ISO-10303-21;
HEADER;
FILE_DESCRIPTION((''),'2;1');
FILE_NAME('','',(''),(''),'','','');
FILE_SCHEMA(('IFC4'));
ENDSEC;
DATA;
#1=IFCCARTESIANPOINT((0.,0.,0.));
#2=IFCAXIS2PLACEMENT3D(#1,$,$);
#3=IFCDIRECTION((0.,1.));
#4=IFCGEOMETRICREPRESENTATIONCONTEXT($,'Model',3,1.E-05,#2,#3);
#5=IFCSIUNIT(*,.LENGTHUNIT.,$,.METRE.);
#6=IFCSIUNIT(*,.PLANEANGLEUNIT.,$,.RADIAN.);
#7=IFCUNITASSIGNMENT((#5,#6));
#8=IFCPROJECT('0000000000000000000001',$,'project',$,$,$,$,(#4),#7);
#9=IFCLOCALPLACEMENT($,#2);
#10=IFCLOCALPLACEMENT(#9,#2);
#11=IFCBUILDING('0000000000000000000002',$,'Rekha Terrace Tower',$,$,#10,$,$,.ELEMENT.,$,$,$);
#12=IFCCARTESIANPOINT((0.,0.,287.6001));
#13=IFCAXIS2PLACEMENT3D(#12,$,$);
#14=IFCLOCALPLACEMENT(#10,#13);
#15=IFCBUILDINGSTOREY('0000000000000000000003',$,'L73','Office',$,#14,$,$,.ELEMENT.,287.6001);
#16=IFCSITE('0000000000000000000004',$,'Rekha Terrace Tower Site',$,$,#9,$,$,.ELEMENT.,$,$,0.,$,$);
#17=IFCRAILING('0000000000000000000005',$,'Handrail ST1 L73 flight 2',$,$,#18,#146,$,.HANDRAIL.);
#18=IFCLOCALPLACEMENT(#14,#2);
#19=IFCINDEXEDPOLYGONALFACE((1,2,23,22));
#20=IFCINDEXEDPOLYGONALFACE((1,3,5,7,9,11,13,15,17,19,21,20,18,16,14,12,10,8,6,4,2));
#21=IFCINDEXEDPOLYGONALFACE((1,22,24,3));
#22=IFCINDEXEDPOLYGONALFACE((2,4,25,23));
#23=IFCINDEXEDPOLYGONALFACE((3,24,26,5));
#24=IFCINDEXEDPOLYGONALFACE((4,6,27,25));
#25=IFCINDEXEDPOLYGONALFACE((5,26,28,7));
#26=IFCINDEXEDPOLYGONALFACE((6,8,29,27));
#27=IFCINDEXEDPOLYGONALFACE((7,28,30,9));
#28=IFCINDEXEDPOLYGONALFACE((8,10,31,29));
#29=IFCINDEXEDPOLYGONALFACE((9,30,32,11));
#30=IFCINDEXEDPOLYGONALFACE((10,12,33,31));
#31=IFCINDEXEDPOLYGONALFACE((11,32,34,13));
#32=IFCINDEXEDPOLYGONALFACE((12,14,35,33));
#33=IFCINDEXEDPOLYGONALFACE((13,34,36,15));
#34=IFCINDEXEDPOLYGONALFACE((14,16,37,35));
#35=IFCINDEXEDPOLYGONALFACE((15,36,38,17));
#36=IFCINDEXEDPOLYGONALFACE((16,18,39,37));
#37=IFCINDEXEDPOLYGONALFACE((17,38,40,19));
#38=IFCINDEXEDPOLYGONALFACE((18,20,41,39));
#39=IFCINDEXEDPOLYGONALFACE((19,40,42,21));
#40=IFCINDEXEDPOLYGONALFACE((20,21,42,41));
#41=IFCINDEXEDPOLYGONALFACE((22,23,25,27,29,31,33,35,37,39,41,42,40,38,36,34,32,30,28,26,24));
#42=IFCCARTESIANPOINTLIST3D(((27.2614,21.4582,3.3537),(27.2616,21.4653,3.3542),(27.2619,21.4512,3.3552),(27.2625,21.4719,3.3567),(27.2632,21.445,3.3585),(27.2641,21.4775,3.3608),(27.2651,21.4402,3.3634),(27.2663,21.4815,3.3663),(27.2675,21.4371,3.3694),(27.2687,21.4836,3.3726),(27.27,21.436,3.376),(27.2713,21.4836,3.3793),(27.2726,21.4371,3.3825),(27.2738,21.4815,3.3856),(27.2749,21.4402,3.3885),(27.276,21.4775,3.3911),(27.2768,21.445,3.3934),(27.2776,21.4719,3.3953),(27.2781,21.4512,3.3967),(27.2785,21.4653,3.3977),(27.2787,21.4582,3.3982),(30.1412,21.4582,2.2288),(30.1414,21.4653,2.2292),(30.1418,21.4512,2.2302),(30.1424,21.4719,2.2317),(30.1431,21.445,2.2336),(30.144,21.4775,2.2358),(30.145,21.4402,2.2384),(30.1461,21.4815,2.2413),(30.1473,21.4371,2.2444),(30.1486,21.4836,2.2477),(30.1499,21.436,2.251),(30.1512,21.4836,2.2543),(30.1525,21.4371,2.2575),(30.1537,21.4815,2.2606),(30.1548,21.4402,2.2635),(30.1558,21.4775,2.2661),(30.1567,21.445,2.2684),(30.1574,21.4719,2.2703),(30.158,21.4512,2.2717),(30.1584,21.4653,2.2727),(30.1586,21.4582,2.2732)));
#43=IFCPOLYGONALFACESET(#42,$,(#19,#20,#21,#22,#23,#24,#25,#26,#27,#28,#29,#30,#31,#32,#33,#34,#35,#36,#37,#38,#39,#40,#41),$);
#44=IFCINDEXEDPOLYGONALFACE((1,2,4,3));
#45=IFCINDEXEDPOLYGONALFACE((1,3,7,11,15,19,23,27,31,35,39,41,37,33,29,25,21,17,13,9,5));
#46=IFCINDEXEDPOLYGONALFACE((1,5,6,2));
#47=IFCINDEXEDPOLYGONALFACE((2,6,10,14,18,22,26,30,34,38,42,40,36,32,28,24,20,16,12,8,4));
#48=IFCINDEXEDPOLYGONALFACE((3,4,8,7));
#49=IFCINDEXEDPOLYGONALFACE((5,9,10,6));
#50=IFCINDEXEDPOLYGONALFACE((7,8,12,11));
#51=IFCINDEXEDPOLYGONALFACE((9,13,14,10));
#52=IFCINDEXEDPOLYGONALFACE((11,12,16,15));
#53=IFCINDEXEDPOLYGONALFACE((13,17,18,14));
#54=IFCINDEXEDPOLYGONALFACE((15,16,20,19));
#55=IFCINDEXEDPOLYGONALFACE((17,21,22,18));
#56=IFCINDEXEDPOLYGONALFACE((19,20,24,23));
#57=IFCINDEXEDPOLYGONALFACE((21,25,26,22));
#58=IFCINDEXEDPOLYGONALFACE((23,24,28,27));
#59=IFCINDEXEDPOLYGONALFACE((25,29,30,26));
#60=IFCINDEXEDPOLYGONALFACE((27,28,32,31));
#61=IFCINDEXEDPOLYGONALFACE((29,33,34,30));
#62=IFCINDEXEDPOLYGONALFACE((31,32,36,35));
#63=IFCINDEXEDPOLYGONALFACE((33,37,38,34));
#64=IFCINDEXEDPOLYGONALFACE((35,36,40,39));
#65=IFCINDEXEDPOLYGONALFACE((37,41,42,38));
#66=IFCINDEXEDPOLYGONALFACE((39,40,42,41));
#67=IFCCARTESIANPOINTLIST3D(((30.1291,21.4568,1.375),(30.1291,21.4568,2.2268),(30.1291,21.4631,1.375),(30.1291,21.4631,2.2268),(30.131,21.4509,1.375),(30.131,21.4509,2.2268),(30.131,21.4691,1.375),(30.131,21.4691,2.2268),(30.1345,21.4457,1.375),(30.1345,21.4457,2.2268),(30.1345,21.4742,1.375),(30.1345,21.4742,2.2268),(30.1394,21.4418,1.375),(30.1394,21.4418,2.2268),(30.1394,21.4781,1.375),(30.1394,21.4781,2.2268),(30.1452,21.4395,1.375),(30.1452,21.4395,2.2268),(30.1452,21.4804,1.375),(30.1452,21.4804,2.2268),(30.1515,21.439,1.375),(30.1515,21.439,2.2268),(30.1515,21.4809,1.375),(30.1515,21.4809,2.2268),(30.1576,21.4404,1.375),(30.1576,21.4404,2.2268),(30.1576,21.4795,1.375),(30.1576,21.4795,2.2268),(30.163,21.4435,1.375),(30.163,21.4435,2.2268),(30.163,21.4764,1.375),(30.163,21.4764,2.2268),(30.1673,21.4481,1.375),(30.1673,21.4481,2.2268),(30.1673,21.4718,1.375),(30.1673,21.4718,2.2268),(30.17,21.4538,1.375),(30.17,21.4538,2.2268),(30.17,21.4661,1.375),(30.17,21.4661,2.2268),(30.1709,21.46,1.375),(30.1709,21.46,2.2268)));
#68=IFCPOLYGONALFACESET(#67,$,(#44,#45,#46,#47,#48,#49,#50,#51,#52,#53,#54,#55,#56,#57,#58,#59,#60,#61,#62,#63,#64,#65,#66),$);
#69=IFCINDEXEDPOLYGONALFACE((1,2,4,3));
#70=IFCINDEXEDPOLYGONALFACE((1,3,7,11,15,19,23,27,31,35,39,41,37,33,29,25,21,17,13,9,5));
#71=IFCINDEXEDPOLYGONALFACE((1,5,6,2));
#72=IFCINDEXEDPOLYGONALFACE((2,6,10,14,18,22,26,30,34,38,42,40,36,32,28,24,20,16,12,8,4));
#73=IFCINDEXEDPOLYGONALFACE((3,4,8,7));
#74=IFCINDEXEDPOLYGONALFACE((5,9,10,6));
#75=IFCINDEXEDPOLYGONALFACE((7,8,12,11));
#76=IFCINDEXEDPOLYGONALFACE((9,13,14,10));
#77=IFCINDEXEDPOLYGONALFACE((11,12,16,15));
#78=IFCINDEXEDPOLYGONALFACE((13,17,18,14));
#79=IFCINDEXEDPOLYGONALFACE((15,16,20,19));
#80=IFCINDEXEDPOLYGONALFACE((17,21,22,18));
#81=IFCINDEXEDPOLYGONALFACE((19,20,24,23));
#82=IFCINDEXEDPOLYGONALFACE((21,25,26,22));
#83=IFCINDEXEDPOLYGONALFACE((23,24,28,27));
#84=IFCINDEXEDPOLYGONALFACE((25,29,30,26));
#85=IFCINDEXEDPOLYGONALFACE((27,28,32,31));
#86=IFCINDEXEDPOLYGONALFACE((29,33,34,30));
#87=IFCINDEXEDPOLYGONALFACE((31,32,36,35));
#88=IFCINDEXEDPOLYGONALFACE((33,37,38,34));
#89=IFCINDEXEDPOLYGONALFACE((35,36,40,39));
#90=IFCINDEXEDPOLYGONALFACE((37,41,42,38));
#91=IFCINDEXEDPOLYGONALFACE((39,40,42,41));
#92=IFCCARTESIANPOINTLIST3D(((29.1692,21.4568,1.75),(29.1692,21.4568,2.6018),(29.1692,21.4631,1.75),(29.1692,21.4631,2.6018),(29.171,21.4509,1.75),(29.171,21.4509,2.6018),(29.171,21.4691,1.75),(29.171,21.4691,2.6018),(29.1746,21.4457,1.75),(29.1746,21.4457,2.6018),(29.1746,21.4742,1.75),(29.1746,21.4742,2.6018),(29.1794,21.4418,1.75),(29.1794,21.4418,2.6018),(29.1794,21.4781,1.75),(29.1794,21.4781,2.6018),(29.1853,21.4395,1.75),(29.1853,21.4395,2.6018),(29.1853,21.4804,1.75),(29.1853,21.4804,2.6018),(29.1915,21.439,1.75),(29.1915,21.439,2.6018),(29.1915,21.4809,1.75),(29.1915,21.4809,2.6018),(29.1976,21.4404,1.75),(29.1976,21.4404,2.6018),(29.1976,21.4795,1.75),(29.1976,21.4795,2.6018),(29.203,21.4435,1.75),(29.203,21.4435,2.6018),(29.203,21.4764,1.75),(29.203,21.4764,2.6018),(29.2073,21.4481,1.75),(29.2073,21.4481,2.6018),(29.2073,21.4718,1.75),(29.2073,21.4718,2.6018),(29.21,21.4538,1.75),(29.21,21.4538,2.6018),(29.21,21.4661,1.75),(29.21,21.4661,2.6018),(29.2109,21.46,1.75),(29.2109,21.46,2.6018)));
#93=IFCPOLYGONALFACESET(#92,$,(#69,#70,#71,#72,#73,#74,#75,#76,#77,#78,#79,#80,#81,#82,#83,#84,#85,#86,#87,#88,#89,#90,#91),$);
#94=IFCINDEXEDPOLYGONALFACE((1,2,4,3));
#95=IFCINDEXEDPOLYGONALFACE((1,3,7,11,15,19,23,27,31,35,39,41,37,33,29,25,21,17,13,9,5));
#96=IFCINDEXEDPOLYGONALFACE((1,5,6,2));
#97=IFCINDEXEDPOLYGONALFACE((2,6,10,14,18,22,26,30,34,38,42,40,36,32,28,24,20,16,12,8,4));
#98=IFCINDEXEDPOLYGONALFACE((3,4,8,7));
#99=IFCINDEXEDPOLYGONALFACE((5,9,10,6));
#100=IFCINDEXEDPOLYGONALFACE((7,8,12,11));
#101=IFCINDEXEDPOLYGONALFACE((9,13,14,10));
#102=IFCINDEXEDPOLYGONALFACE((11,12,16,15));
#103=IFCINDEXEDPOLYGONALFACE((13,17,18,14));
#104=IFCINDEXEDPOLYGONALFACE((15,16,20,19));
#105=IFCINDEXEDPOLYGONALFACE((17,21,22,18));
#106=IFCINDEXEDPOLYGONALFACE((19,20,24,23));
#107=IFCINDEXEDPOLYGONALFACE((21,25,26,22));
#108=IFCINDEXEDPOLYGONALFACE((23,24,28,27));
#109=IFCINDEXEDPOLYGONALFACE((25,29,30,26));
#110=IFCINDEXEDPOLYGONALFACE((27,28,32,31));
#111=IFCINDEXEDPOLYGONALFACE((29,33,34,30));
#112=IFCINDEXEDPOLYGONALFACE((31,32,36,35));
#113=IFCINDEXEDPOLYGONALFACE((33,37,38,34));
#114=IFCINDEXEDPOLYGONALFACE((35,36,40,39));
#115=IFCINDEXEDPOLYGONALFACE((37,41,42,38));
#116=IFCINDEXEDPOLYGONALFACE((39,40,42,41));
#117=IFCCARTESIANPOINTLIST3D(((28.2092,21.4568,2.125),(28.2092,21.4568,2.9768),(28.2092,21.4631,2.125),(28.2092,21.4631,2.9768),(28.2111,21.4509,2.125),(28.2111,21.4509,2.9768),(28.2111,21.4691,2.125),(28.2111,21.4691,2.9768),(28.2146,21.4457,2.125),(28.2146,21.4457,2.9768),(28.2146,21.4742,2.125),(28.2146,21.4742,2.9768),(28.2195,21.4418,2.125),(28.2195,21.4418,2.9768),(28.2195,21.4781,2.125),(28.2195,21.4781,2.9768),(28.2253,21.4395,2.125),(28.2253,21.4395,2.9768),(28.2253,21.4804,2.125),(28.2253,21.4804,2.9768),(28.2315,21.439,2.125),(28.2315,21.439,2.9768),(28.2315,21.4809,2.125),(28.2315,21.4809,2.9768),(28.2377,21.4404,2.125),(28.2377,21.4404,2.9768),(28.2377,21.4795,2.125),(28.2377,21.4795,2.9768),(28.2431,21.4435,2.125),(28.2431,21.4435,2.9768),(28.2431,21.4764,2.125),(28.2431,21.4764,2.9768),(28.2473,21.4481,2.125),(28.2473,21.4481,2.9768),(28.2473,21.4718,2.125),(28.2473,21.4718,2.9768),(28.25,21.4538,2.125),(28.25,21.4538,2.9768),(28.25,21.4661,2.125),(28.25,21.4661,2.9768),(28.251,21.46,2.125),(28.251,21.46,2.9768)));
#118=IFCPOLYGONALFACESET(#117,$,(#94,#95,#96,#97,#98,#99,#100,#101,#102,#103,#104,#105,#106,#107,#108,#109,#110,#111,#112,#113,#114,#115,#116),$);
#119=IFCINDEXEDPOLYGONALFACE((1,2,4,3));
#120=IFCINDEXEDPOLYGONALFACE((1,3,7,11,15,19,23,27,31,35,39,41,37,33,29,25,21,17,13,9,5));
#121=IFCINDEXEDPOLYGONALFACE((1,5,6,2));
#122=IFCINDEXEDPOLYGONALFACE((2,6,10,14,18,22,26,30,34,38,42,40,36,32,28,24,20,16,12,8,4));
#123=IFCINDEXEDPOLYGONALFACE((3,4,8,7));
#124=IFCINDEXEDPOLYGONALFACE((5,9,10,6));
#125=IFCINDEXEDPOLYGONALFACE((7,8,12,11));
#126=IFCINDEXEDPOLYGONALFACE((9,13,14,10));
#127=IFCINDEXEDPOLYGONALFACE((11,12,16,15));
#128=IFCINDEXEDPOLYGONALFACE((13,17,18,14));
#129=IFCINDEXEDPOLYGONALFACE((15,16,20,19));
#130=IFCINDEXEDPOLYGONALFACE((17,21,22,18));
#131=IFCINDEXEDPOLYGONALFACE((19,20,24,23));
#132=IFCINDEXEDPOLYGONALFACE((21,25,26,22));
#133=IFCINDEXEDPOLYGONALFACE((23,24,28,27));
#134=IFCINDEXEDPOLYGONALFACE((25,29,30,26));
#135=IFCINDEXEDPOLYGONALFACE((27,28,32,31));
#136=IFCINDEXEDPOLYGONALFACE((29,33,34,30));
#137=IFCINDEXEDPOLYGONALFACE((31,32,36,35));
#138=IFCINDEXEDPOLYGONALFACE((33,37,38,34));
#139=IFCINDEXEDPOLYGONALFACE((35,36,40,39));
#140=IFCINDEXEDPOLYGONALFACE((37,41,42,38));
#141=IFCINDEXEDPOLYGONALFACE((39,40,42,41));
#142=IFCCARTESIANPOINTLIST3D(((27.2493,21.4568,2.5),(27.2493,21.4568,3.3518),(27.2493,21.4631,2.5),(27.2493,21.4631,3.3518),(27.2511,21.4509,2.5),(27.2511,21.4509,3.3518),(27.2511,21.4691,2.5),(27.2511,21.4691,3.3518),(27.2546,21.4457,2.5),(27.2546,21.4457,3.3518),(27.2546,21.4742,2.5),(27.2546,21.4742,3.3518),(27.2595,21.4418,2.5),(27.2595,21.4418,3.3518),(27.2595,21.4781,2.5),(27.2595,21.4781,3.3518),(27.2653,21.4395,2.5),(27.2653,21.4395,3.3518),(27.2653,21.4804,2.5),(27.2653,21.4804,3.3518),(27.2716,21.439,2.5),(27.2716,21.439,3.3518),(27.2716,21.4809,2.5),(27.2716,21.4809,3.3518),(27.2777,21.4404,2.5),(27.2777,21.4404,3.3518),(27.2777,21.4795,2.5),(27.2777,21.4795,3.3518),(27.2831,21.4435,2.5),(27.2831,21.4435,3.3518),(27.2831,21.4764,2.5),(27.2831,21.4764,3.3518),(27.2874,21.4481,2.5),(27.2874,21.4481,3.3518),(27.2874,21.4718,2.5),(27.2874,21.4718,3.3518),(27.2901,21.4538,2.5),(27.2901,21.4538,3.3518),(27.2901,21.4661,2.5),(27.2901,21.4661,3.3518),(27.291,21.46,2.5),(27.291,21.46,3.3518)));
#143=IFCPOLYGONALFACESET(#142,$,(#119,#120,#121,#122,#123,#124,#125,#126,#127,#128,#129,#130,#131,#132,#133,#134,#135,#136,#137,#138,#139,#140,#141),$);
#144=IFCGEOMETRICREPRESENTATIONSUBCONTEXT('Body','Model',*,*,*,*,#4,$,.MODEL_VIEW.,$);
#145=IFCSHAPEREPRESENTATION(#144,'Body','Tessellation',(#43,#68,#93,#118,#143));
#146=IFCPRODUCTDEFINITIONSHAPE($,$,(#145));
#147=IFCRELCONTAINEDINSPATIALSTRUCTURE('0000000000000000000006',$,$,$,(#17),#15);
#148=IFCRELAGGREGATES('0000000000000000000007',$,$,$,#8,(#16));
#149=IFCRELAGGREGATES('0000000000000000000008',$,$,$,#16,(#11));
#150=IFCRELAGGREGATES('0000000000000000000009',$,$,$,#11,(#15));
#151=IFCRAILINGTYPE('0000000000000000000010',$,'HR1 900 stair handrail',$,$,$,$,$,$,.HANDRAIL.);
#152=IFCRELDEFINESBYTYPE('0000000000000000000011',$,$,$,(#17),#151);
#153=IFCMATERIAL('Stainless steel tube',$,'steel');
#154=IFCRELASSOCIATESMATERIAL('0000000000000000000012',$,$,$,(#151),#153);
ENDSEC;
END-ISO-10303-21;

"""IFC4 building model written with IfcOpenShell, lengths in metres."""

from ifc_helpers import new_model, si_unit, direction, frame, origin, origin_2d, place, context, subcontext, project, spatial, circle, extrude, material, type_object, element, save


model = new_model("IFC4")

# Units and contexts
model_context = context("Model", 3, precision=1e-05, world=origin(), true_north=direction((0.0, 1.0)))
body_context = subcontext(model_context, "Body", "Model", "MODEL_VIEW")
ifc_project = project(units=[si_unit("LENGTHUNIT", "METRE"), si_unit("PLANEANGLEUNIT", "RADIAN")], contexts=[model_context])

# Site, building, storey
site_placement = place(None, origin())
site = spatial("IfcSite", under=ifc_project, at=site_placement, Name="Rekha Terrace Tower Site", CompositionType="ELEMENT", RefElevation=0.0)
building_placement = place(site_placement, origin())
building = spatial("IfcBuilding", under=site, at=building_placement, Name="Rekha Terrace Tower", CompositionType="ELEMENT")
storey_placement = place(building_placement, frame((0.0, 0.0, 287.6001)))
storey = spatial("IfcBuildingStorey", under=building, at=storey_placement, Name="L73", Description="Office", CompositionType="ELEMENT", Elevation=287.6001)

# Railing
ifc_material_1 = material(Name="Stainless steel tube", Category="steel")
railing_type = type_object("IfcRailingType", Name="HR1 900 stair handrail", PredefinedType="HANDRAIL", material=ifc_material_1)
railing_placement = place(storey_placement, frame((30.1499, 21.46, 1.375)))
element("IfcRailing", 1, at=railing_placement, inside=storey, type_object=railing_type, Name="Handrail ST1 L73 flight 2", PredefinedType="HANDRAIL", context=body_context, shape_type="SweptSolid", body=[
    extrude(circle(Radius=0.0239, at=origin_2d()), frame((0.0, 0.0, 0.876), z_axis=(-0.931452, 0.0, 0.363863), x_axis=(0.0, -1.0, 0.0)), (0.0, 0.0, 1.0), 3.0918),
    extrude(circle(Radius=0.021, at=origin_2d()), origin(), (0.0, 0.0, 1.0), 0.8518),
    extrude(circle(Radius=0.021, at=origin_2d()), frame((-0.96, 0.0, 0.375)), (0.0, 0.0, 1.0), 0.8518),
    extrude(circle(Radius=0.021, at=origin_2d()), frame((-1.9199, 0.0, 0.75)), (0.0, 0.0, 1.0), 0.8518),
    extrude(circle(Radius=0.021, at=origin_2d()), frame((-2.8799, 0.0, 1.125)), (0.0, 0.0, 1.0), 0.8518),
])

save(model, "model.ifc")
